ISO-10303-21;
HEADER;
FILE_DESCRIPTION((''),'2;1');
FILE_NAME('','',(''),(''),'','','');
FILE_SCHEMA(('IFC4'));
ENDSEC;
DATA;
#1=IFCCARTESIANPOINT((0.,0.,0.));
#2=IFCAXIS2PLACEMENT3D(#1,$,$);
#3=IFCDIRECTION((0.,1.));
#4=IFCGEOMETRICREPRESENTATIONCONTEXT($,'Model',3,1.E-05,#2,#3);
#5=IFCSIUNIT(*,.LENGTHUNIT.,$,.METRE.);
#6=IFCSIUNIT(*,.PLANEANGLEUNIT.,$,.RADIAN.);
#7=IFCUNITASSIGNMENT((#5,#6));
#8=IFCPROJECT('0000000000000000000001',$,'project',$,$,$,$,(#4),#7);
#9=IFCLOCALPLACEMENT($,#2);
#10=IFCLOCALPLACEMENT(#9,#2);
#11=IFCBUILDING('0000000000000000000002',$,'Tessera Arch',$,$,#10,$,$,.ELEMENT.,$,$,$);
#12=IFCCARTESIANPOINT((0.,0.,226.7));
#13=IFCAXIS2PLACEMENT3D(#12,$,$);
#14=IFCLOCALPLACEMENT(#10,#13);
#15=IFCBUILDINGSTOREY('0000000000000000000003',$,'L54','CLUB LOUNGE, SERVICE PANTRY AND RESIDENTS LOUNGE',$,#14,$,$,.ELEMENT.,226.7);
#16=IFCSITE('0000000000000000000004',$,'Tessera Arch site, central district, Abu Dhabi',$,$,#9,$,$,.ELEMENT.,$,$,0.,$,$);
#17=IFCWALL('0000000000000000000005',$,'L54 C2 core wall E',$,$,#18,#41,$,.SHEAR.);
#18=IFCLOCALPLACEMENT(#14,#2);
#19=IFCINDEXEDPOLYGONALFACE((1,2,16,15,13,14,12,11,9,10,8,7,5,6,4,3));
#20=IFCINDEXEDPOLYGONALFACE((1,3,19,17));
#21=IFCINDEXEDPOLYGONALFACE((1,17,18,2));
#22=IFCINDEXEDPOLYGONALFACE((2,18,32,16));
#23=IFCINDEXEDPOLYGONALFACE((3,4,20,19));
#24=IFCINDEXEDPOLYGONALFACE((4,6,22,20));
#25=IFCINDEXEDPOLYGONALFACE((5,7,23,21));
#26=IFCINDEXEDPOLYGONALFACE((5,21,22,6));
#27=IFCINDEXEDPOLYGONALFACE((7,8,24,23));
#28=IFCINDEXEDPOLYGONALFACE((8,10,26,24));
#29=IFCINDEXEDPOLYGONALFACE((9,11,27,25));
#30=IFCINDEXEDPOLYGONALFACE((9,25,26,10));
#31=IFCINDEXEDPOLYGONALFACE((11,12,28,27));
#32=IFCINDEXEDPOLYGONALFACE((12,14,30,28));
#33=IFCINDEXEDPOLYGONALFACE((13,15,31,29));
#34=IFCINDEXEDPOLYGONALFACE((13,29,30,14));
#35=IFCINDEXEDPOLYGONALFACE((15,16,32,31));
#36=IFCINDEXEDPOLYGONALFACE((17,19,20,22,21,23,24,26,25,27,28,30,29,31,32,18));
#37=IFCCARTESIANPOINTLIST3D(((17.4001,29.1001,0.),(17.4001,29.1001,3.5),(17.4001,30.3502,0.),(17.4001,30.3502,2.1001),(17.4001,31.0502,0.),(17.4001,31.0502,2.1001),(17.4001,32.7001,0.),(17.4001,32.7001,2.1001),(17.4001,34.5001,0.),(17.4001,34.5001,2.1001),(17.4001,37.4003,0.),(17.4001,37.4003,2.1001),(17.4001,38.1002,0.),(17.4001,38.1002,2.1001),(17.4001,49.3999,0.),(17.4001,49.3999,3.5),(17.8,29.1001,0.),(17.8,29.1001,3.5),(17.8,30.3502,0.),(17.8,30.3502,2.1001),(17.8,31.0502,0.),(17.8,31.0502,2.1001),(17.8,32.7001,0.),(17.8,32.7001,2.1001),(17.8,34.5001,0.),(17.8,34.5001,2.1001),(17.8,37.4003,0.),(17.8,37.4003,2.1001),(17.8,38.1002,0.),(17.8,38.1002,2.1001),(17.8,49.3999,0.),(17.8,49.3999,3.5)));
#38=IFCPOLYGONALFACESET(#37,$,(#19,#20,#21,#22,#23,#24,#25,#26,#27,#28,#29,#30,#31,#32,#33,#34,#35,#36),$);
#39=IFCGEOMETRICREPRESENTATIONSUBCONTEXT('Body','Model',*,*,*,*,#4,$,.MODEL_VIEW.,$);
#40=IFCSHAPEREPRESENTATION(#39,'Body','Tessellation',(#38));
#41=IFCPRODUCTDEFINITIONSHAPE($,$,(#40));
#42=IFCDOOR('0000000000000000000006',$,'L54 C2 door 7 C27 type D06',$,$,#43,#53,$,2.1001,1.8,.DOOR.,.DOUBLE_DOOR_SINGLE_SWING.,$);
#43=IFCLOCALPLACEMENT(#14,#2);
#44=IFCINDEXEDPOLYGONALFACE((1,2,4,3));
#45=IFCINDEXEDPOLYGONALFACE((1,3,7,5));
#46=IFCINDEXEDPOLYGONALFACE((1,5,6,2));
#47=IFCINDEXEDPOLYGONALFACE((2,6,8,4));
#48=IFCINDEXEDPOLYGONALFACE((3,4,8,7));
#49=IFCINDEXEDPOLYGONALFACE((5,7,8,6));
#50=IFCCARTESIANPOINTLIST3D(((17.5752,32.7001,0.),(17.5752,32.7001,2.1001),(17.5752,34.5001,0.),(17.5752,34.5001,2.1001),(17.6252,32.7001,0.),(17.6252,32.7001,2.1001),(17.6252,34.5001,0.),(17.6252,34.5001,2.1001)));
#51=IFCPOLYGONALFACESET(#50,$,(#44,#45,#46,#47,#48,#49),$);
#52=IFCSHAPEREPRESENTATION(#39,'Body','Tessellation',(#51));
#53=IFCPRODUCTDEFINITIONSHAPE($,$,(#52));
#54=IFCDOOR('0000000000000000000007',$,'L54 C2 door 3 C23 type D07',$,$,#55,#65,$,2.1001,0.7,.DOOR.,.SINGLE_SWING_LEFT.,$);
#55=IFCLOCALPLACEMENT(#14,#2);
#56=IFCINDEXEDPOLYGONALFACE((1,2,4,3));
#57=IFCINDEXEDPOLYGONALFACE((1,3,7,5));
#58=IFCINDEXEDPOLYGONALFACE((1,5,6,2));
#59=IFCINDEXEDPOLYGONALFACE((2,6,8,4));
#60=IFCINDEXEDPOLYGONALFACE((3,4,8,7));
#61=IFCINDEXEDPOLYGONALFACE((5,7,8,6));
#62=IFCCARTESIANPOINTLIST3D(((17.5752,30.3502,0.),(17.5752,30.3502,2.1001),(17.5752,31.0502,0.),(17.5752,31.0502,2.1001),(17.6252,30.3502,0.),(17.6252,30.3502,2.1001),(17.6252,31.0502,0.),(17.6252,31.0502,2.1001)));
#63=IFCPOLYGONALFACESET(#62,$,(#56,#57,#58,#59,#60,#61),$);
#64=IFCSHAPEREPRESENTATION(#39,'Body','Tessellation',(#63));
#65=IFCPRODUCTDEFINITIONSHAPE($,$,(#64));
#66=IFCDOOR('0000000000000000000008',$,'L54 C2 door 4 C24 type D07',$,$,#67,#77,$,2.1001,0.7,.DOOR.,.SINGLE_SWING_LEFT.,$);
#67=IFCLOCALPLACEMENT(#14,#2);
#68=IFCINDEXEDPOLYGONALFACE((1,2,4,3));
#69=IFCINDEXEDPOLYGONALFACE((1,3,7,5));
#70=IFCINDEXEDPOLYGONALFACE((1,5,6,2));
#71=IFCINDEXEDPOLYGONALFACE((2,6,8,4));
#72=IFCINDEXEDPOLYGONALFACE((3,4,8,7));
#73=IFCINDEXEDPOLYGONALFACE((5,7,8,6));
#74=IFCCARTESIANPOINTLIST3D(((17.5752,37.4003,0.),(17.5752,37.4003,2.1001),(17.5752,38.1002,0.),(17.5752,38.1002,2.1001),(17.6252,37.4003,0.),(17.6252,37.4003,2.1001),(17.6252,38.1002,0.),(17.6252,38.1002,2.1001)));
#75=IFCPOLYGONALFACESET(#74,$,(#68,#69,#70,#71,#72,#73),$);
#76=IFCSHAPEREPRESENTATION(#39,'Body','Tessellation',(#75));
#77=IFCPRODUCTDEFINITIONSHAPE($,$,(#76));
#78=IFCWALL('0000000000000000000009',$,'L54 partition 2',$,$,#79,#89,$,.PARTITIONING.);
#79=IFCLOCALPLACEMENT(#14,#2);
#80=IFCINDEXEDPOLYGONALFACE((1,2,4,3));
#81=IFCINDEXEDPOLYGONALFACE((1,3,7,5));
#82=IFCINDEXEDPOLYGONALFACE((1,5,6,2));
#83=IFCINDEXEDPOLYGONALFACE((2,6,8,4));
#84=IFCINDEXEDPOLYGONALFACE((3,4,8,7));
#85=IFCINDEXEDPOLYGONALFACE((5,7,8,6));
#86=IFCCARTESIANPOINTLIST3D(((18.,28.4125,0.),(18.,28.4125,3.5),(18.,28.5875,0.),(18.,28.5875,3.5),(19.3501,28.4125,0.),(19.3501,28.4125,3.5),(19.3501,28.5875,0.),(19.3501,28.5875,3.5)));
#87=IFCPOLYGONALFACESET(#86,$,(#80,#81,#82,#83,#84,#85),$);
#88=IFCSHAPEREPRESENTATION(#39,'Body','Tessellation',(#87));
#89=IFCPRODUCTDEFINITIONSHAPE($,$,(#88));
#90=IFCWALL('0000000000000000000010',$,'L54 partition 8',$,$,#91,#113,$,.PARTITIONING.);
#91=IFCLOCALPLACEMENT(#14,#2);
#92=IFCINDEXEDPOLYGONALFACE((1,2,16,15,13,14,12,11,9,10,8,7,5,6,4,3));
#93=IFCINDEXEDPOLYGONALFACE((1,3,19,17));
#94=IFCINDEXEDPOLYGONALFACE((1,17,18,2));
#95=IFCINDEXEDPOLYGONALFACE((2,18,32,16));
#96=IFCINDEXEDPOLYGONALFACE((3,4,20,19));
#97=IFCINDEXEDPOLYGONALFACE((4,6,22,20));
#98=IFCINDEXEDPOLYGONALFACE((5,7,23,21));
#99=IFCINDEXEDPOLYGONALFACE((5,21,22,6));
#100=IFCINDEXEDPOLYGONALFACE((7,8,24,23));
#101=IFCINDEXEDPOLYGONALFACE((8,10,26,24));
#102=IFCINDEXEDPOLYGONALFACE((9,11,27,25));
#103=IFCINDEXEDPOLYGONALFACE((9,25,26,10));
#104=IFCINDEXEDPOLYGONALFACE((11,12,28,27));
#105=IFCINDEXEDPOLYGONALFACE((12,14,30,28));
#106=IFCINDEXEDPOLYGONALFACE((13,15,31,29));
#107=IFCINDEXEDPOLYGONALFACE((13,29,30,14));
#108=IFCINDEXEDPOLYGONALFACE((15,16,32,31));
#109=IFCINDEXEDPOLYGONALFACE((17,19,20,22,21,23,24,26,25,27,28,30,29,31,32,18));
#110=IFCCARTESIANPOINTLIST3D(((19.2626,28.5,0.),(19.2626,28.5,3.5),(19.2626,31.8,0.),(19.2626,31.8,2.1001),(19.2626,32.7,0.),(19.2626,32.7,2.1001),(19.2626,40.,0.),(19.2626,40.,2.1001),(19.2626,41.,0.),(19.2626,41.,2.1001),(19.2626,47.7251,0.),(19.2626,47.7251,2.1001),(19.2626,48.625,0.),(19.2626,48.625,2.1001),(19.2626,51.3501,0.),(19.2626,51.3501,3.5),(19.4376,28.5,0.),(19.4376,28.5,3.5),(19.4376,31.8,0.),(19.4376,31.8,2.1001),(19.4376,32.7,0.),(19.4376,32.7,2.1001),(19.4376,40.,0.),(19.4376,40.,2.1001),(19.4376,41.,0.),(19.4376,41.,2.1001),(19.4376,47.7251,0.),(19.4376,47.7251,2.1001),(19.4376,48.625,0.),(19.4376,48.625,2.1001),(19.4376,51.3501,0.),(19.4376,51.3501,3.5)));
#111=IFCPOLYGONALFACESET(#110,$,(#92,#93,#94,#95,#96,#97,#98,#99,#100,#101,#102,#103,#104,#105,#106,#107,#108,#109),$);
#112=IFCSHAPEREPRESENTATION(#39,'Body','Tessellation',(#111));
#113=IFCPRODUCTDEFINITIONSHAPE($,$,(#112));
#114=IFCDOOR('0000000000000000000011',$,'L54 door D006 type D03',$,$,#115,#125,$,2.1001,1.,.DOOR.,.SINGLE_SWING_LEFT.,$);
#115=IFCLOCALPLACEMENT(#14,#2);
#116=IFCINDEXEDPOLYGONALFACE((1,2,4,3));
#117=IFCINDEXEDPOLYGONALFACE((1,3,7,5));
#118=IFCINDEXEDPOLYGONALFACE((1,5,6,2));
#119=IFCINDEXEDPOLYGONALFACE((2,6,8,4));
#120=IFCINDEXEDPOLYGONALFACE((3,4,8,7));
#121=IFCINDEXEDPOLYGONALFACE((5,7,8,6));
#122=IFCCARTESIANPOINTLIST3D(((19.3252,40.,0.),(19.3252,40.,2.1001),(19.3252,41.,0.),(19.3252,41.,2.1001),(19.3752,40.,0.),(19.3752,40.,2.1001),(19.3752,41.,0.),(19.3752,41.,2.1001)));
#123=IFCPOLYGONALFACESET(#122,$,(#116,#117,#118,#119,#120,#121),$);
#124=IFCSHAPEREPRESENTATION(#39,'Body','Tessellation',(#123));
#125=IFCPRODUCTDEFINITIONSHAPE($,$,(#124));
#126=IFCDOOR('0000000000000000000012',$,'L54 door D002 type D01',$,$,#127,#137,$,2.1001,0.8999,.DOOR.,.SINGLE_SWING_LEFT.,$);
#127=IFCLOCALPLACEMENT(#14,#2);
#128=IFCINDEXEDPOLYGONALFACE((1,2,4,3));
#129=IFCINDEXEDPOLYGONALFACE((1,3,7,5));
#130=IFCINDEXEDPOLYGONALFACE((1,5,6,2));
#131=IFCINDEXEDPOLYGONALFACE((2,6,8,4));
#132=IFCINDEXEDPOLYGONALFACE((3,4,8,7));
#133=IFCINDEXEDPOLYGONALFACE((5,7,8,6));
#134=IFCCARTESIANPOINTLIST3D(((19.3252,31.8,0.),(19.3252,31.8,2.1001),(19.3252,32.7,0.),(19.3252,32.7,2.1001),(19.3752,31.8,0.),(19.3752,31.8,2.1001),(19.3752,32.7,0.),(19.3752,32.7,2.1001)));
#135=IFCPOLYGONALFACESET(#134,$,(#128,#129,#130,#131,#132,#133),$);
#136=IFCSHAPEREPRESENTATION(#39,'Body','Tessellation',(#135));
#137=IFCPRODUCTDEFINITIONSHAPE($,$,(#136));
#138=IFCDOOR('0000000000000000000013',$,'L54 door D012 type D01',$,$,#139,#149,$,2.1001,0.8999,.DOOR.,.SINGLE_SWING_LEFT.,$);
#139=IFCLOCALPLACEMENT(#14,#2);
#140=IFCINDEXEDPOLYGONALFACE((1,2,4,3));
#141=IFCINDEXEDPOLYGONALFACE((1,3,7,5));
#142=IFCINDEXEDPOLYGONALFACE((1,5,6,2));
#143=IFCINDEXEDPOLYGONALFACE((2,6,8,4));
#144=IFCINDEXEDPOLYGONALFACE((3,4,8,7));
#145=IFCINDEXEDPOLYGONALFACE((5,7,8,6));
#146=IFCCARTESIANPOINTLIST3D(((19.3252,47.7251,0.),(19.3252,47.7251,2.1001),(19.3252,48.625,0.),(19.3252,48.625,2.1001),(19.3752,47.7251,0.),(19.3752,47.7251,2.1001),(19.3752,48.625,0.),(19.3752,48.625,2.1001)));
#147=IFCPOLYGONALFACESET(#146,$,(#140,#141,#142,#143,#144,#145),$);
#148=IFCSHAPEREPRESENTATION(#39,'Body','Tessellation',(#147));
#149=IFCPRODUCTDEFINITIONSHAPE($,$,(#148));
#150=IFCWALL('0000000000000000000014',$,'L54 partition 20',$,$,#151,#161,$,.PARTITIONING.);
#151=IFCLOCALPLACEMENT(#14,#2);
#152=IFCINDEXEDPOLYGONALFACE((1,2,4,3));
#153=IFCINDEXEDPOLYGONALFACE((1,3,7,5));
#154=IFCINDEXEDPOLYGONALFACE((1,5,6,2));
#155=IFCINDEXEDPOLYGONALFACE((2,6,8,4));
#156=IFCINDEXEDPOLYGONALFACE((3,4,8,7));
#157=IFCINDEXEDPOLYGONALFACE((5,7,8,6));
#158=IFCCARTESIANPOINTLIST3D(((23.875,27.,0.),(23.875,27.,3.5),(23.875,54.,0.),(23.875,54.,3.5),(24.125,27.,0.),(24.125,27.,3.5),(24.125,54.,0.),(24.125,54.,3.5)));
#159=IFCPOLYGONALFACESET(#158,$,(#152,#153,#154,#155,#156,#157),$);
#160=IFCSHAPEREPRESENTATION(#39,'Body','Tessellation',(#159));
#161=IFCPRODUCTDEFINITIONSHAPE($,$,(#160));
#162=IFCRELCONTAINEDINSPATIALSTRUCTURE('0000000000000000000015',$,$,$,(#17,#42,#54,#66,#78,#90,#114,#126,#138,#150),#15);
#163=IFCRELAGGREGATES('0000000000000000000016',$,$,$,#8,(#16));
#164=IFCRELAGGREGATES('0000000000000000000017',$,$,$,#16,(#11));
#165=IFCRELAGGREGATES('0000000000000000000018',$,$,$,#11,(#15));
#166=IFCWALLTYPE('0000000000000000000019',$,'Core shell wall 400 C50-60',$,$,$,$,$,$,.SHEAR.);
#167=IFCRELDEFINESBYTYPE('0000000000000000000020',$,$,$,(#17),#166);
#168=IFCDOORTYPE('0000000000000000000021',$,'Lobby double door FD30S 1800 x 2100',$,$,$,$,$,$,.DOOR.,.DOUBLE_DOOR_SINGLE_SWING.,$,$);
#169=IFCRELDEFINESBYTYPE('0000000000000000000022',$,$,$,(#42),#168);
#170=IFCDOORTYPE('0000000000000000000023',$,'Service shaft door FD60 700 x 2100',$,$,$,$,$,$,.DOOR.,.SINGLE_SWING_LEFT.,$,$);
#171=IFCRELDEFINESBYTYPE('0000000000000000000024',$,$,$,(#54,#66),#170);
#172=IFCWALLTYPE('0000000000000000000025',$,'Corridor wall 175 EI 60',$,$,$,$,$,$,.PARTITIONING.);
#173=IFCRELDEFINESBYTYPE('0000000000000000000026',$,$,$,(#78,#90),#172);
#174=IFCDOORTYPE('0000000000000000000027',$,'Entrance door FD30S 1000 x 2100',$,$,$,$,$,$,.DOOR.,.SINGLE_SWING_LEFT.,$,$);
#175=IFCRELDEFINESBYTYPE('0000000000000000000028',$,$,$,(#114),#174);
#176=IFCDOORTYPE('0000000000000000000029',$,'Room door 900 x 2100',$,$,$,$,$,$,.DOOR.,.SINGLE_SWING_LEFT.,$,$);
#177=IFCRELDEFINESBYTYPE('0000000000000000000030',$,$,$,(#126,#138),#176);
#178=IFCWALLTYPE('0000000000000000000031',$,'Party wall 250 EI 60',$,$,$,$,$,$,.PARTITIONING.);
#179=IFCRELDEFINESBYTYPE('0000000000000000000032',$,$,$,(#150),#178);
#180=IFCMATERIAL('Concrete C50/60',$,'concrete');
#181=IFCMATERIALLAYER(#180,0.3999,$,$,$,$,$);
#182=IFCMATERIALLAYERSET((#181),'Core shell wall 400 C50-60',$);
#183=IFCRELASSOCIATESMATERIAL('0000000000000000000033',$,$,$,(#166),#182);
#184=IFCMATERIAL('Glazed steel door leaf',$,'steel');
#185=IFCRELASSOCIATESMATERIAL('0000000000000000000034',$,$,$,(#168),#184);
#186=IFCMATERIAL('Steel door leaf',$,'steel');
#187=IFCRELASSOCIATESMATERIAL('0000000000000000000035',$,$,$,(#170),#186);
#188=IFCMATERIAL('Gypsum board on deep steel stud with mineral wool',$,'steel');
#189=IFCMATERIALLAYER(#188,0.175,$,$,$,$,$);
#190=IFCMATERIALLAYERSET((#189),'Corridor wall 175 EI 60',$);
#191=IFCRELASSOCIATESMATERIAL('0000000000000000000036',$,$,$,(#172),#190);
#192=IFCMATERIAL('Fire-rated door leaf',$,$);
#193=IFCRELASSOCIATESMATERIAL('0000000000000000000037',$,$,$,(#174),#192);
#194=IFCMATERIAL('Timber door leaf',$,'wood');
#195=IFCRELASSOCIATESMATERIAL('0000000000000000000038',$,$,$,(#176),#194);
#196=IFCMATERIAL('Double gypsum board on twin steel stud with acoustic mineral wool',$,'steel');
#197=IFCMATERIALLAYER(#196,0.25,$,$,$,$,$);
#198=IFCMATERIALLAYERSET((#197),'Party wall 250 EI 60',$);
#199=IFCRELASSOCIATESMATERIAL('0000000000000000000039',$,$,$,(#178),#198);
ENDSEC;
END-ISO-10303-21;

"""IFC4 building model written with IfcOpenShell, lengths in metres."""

from ifc_helpers import new_model, si_unit, direction, frame, frame_2d, origin, place, context, subcontext, project, spatial, rectangle, extrude, material, layer, layer_set, type_object, element, fill, save


model = new_model("IFC4")

# Units and contexts
model_context = context("Model", 3, precision=1e-05, world=origin(), true_north=direction((0.0, 1.0)))
body_context = subcontext(model_context, "Body", "Model", "MODEL_VIEW")
ifc_project = project(units=[si_unit("LENGTHUNIT", "METRE"), si_unit("PLANEANGLEUNIT", "RADIAN")], contexts=[model_context])

# Site, building, storey
site_placement = place(None, origin())
site = spatial("IfcSite", under=ifc_project, at=site_placement, Name="Tessera Arch site, central district, Abu Dhabi", CompositionType="ELEMENT", RefElevation=0.0)
building_placement = place(site_placement, origin())
building = spatial("IfcBuilding", under=site, at=building_placement, Name="Tessera Arch", CompositionType="ELEMENT")
storey_placement = place(building_placement, frame((0.0, 0.0, 226.7)))
storey = spatial("IfcBuildingStorey", under=building, at=storey_placement, Name="L54", Description="CLUB LOUNGE, SERVICE PANTRY AND RESIDENTS LOUNGE", CompositionType="ELEMENT", Elevation=226.7)

# Wall, openings, doors
ifc_material_1 = material(Name="Concrete C50/60", Category="concrete")
ifc_layer_1 = layer(ifc_material_1, 0.3999)
ifc_layer_set_1 = layer_set([ifc_layer_1], Name="Core shell wall 400 C50-60")
wall_type_1 = type_object("IfcWallType", Name="Core shell wall 400 C50-60", PredefinedType="SHEAR", material=ifc_layer_set_1)
wall_1_placement = place(storey_placement, frame((17.6001, 29.1001, 0.0), z_axis=(0.0, 0.0, 1.0), x_axis=(0.0, 1.0, 0.0)))
wall_1 = element("IfcWall", 1, at=wall_1_placement, inside=storey, type_object=wall_type_1, Name="L54 C2 core wall E", PredefinedType="SHEAR", context=body_context, shape_type="SweptSolid", body=[
    extrude(rectangle(XDim=20.2998, YDim=0.3999, at=frame_2d((10.1499, 0.0))), origin(), (0.0, 0.0, 1.0), 3.5),
])
opening_1_placement = place(wall_1_placement, frame((1.25, 0.0, 0.0)))
opening_1 = element("IfcOpeningElement", 2, at=opening_1_placement, cuts=wall_1, PredefinedType="OPENING", context=body_context, shape_type="SweptSolid", body=[
    extrude(rectangle(XDim=0.7, YDim=2.1001, at=frame_2d((0.3501, 1.05))), frame((0.0, 0.21, 0.0), z_axis=(0.0, -1.0, 0.0), x_axis=(1.0, 0.0, 0.0)), (0.0, 0.0, 1.0), 0.4199),
])
opening_2_placement = place(wall_1_placement, frame((8.3, 0.0, 0.0)))
opening_2 = element("IfcOpeningElement", 3, at=opening_2_placement, cuts=wall_1, PredefinedType="OPENING", context=body_context, shape_type="SweptSolid", body=[
    extrude(rectangle(XDim=0.7, YDim=2.1001, at=frame_2d((0.3501, 1.05))), frame((0.0, 0.21, 0.0), z_axis=(0.0, -1.0, 0.0), x_axis=(1.0, 0.0, 0.0)), (0.0, 0.0, 1.0), 0.4199),
])
opening_3_placement = place(wall_1_placement, frame((3.6001, 0.0, 0.0)))
opening_3 = element("IfcOpeningElement", 4, at=opening_3_placement, cuts=wall_1, PredefinedType="OPENING", context=body_context, shape_type="SweptSolid", body=[
    extrude(rectangle(XDim=1.8, YDim=2.1001, at=frame_2d((0.8999, 1.05))), frame((0.0, 0.21, 0.0), z_axis=(0.0, -1.0, 0.0), x_axis=(1.0, 0.0, 0.0)), (0.0, 0.0, 1.0), 0.4199),
])
ifc_material_2 = material(Name="Glazed steel door leaf", Category="steel")
door_type_1 = type_object("IfcDoorType", Name="Lobby double door FD30S 1800 x 2100", OperationType="DOUBLE_DOOR_SINGLE_SWING", PredefinedType="DOOR", material=ifc_material_2)
door_1_placement = place(opening_3_placement, origin())
door_1 = element("IfcDoor", 5, at=door_1_placement, inside=storey, type_object=door_type_1, Name="L54 C2 door 7 C27 type D06", OperationType="DOUBLE_DOOR_SINGLE_SWING", OverallHeight=2.1001, OverallWidth=1.8, PredefinedType="DOOR", context=body_context, shape_type="SweptSolid", body=[
    extrude(rectangle(XDim=1.8, YDim=2.1001, at=frame_2d((0.8999, 1.05))), frame((0.0, 0.0249, 0.0), z_axis=(0.0, -1.0, 0.0), x_axis=(1.0, 0.0, 0.0)), (0.0, 0.0, 1.0), 0.05),
])
fill(opening_3, door_1)
ifc_material_3 = material(Name="Steel door leaf", Category="steel")
door_type_2 = type_object("IfcDoorType", Name="Service shaft door FD60 700 x 2100", OperationType="SINGLE_SWING_LEFT", PredefinedType="DOOR", material=ifc_material_3)
door_2_placement = place(opening_1_placement, origin())
door_2 = element("IfcDoor", 6, at=door_2_placement, inside=storey, type_object=door_type_2, Name="L54 C2 door 3 C23 type D07", OperationType="SINGLE_SWING_LEFT", OverallHeight=2.1001, OverallWidth=0.7, PredefinedType="DOOR", context=body_context, shape_type="SweptSolid", body=[
    extrude(rectangle(XDim=0.7, YDim=2.1001, at=frame_2d((0.3501, 1.05))), frame((0.0, 0.0249, 0.0), z_axis=(0.0, -1.0, 0.0), x_axis=(1.0, 0.0, 0.0)), (0.0, 0.0, 1.0), 0.05),
])
fill(opening_1, door_2)
door_3_placement = place(opening_2_placement, origin())
door_3 = element("IfcDoor", 7, at=door_3_placement, inside=storey, type_object=door_type_2, Name="L54 C2 door 4 C24 type D07", OperationType="SINGLE_SWING_LEFT", OverallHeight=2.1001, OverallWidth=0.7, PredefinedType="DOOR", context=body_context, shape_type="SweptSolid", body=[
    extrude(rectangle(XDim=0.7, YDim=2.1001, at=frame_2d((0.3501, 1.05))), frame((0.0, 0.0249, 0.0), z_axis=(0.0, -1.0, 0.0), x_axis=(1.0, 0.0, 0.0)), (0.0, 0.0, 1.0), 0.05),
])
fill(opening_2, door_3)

# Wall
ifc_material_4 = material(Name="Gypsum board on deep steel stud with mineral wool", Category="steel")
ifc_layer_2 = layer(ifc_material_4, 0.175)
ifc_layer_set_2 = layer_set([ifc_layer_2], Name="Corridor wall 175 EI 60")
wall_type_2 = type_object("IfcWallType", Name="Corridor wall 175 EI 60", PredefinedType="PARTITIONING", material=ifc_layer_set_2)
wall_2_placement = place(storey_placement, frame((18.0, 28.5, 0.0), z_axis=(0.0, 0.0, 1.0), x_axis=(1.0, 0.0, 0.0)))
element("IfcWall", 8, at=wall_2_placement, inside=storey, type_object=wall_type_2, Name="L54 partition 2", PredefinedType="PARTITIONING", context=body_context, shape_type="SweptSolid", body=[
    extrude(rectangle(XDim=1.3501, YDim=0.175, at=frame_2d((0.675, 0.0))), origin(), (0.0, 0.0, 1.0), 3.5),
])

# Wall, openings, doors
wall_3_placement = place(storey_placement, frame((19.3501, 28.5, 0.0), z_axis=(0.0, 0.0, 1.0), x_axis=(0.0, 1.0, 0.0)))
wall_3 = element("IfcWall", 9, at=wall_3_placement, inside=storey, type_object=wall_type_2, Name="L54 partition 8", PredefinedType="PARTITIONING", context=body_context, shape_type="SweptSolid", body=[
    extrude(rectangle(XDim=22.8501, YDim=0.175, at=frame_2d((11.425, 0.0))), origin(), (0.0, 0.0, 1.0), 3.5),
])
opening_4_placement = place(wall_3_placement, frame((3.3, 0.0, 0.0)))
opening_4 = element("IfcOpeningElement", 10, at=opening_4_placement, cuts=wall_3, PredefinedType="OPENING", context=body_context, shape_type="SweptSolid", body=[
    extrude(rectangle(XDim=0.8999, YDim=2.1001, at=frame_2d((0.45, 1.05))), frame((0.0, 0.0974, 0.0), z_axis=(0.0, -1.0, 0.0), x_axis=(1.0, 0.0, 0.0)), (0.0, 0.0, 1.0), 0.1951),
])
opening_5_placement = place(wall_3_placement, frame((11.5, 0.0, 0.0)))
opening_5 = element("IfcOpeningElement", 11, at=opening_5_placement, cuts=wall_3, PredefinedType="OPENING", context=body_context, shape_type="SweptSolid", body=[
    extrude(rectangle(XDim=1.0, YDim=2.1001, at=frame_2d((0.5, 1.05))), frame((0.0, 0.0974, 0.0), z_axis=(0.0, -1.0, 0.0), x_axis=(1.0, 0.0, 0.0)), (0.0, 0.0, 1.0), 0.1951),
])
opening_6_placement = place(wall_3_placement, frame((19.2251, 0.0, 0.0)))
opening_6 = element("IfcOpeningElement", 12, at=opening_6_placement, cuts=wall_3, PredefinedType="OPENING", context=body_context, shape_type="SweptSolid", body=[
    extrude(rectangle(XDim=0.8999, YDim=2.1001, at=frame_2d((0.45, 1.05))), frame((0.0, 0.0974, 0.0), z_axis=(0.0, -1.0, 0.0), x_axis=(1.0, 0.0, 0.0)), (0.0, 0.0, 1.0), 0.1951),
])
ifc_material_5 = material(Name="Fire-rated door leaf")
door_type_3 = type_object("IfcDoorType", Name="Entrance door FD30S 1000 x 2100", OperationType="SINGLE_SWING_LEFT", PredefinedType="DOOR", material=ifc_material_5)
door_4_placement = place(opening_5_placement, origin())
door_4 = element("IfcDoor", 13, at=door_4_placement, inside=storey, type_object=door_type_3, Name="L54 door D006 type D03", OperationType="SINGLE_SWING_LEFT", OverallHeight=2.1001, OverallWidth=1.0, PredefinedType="DOOR", context=body_context, shape_type="SweptSolid", body=[
    extrude(rectangle(XDim=1.0, YDim=2.1001, at=frame_2d((0.5, 1.05))), frame((0.0, 0.0249, 0.0), z_axis=(0.0, -1.0, 0.0), x_axis=(1.0, 0.0, 0.0)), (0.0, 0.0, 1.0), 0.05),
])
fill(opening_5, door_4)
ifc_material_6 = material(Name="Timber door leaf", Category="wood")
door_type_4 = type_object("IfcDoorType", Name="Room door 900 x 2100", OperationType="SINGLE_SWING_LEFT", PredefinedType="DOOR", material=ifc_material_6)
door_5_placement = place(opening_4_placement, origin())
door_5 = element("IfcDoor", 14, at=door_5_placement, inside=storey, type_object=door_type_4, Name="L54 door D002 type D01", OperationType="SINGLE_SWING_LEFT", OverallHeight=2.1001, OverallWidth=0.8999, PredefinedType="DOOR", context=body_context, shape_type="SweptSolid", body=[
    extrude(rectangle(XDim=0.8999, YDim=2.1001, at=frame_2d((0.45, 1.05))), frame((0.0, 0.0249, 0.0), z_axis=(0.0, -1.0, 0.0), x_axis=(1.0, 0.0, 0.0)), (0.0, 0.0, 1.0), 0.05),
])
fill(opening_4, door_5)
door_6_placement = place(opening_6_placement, origin())
door_6 = element("IfcDoor", 15, at=door_6_placement, inside=storey, type_object=door_type_4, Name="L54 door D012 type D01", OperationType="SINGLE_SWING_LEFT", OverallHeight=2.1001, OverallWidth=0.8999, PredefinedType="DOOR", context=body_context, shape_type="SweptSolid", body=[
    extrude(rectangle(XDim=0.8999, YDim=2.1001, at=frame_2d((0.45, 1.05))), frame((0.0, 0.0249, 0.0), z_axis=(0.0, -1.0, 0.0), x_axis=(1.0, 0.0, 0.0)), (0.0, 0.0, 1.0), 0.05),
])
fill(opening_6, door_6)

# Wall
ifc_material_7 = material(Name="Double gypsum board on twin steel stud with acoustic mineral wool", Category="steel")
ifc_layer_3 = layer(ifc_material_7, 0.25)
ifc_layer_set_3 = layer_set([ifc_layer_3], Name="Party wall 250 EI 60")
wall_type_3 = type_object("IfcWallType", Name="Party wall 250 EI 60", PredefinedType="PARTITIONING", material=ifc_layer_set_3)
wall_4_placement = place(storey_placement, frame((24.0, 27.0, 0.0), z_axis=(0.0, 0.0, 1.0), x_axis=(0.0, 1.0, 0.0)))
element("IfcWall", 16, at=wall_4_placement, inside=storey, type_object=wall_type_3, Name="L54 partition 20", PredefinedType="PARTITIONING", context=body_context, shape_type="SweptSolid", body=[
    extrude(rectangle(XDim=27.0, YDim=0.25, at=frame_2d((13.5, 0.0))), origin(), (0.0, 0.0, 1.0), 3.5),
])

save(model, "model.ifc")
